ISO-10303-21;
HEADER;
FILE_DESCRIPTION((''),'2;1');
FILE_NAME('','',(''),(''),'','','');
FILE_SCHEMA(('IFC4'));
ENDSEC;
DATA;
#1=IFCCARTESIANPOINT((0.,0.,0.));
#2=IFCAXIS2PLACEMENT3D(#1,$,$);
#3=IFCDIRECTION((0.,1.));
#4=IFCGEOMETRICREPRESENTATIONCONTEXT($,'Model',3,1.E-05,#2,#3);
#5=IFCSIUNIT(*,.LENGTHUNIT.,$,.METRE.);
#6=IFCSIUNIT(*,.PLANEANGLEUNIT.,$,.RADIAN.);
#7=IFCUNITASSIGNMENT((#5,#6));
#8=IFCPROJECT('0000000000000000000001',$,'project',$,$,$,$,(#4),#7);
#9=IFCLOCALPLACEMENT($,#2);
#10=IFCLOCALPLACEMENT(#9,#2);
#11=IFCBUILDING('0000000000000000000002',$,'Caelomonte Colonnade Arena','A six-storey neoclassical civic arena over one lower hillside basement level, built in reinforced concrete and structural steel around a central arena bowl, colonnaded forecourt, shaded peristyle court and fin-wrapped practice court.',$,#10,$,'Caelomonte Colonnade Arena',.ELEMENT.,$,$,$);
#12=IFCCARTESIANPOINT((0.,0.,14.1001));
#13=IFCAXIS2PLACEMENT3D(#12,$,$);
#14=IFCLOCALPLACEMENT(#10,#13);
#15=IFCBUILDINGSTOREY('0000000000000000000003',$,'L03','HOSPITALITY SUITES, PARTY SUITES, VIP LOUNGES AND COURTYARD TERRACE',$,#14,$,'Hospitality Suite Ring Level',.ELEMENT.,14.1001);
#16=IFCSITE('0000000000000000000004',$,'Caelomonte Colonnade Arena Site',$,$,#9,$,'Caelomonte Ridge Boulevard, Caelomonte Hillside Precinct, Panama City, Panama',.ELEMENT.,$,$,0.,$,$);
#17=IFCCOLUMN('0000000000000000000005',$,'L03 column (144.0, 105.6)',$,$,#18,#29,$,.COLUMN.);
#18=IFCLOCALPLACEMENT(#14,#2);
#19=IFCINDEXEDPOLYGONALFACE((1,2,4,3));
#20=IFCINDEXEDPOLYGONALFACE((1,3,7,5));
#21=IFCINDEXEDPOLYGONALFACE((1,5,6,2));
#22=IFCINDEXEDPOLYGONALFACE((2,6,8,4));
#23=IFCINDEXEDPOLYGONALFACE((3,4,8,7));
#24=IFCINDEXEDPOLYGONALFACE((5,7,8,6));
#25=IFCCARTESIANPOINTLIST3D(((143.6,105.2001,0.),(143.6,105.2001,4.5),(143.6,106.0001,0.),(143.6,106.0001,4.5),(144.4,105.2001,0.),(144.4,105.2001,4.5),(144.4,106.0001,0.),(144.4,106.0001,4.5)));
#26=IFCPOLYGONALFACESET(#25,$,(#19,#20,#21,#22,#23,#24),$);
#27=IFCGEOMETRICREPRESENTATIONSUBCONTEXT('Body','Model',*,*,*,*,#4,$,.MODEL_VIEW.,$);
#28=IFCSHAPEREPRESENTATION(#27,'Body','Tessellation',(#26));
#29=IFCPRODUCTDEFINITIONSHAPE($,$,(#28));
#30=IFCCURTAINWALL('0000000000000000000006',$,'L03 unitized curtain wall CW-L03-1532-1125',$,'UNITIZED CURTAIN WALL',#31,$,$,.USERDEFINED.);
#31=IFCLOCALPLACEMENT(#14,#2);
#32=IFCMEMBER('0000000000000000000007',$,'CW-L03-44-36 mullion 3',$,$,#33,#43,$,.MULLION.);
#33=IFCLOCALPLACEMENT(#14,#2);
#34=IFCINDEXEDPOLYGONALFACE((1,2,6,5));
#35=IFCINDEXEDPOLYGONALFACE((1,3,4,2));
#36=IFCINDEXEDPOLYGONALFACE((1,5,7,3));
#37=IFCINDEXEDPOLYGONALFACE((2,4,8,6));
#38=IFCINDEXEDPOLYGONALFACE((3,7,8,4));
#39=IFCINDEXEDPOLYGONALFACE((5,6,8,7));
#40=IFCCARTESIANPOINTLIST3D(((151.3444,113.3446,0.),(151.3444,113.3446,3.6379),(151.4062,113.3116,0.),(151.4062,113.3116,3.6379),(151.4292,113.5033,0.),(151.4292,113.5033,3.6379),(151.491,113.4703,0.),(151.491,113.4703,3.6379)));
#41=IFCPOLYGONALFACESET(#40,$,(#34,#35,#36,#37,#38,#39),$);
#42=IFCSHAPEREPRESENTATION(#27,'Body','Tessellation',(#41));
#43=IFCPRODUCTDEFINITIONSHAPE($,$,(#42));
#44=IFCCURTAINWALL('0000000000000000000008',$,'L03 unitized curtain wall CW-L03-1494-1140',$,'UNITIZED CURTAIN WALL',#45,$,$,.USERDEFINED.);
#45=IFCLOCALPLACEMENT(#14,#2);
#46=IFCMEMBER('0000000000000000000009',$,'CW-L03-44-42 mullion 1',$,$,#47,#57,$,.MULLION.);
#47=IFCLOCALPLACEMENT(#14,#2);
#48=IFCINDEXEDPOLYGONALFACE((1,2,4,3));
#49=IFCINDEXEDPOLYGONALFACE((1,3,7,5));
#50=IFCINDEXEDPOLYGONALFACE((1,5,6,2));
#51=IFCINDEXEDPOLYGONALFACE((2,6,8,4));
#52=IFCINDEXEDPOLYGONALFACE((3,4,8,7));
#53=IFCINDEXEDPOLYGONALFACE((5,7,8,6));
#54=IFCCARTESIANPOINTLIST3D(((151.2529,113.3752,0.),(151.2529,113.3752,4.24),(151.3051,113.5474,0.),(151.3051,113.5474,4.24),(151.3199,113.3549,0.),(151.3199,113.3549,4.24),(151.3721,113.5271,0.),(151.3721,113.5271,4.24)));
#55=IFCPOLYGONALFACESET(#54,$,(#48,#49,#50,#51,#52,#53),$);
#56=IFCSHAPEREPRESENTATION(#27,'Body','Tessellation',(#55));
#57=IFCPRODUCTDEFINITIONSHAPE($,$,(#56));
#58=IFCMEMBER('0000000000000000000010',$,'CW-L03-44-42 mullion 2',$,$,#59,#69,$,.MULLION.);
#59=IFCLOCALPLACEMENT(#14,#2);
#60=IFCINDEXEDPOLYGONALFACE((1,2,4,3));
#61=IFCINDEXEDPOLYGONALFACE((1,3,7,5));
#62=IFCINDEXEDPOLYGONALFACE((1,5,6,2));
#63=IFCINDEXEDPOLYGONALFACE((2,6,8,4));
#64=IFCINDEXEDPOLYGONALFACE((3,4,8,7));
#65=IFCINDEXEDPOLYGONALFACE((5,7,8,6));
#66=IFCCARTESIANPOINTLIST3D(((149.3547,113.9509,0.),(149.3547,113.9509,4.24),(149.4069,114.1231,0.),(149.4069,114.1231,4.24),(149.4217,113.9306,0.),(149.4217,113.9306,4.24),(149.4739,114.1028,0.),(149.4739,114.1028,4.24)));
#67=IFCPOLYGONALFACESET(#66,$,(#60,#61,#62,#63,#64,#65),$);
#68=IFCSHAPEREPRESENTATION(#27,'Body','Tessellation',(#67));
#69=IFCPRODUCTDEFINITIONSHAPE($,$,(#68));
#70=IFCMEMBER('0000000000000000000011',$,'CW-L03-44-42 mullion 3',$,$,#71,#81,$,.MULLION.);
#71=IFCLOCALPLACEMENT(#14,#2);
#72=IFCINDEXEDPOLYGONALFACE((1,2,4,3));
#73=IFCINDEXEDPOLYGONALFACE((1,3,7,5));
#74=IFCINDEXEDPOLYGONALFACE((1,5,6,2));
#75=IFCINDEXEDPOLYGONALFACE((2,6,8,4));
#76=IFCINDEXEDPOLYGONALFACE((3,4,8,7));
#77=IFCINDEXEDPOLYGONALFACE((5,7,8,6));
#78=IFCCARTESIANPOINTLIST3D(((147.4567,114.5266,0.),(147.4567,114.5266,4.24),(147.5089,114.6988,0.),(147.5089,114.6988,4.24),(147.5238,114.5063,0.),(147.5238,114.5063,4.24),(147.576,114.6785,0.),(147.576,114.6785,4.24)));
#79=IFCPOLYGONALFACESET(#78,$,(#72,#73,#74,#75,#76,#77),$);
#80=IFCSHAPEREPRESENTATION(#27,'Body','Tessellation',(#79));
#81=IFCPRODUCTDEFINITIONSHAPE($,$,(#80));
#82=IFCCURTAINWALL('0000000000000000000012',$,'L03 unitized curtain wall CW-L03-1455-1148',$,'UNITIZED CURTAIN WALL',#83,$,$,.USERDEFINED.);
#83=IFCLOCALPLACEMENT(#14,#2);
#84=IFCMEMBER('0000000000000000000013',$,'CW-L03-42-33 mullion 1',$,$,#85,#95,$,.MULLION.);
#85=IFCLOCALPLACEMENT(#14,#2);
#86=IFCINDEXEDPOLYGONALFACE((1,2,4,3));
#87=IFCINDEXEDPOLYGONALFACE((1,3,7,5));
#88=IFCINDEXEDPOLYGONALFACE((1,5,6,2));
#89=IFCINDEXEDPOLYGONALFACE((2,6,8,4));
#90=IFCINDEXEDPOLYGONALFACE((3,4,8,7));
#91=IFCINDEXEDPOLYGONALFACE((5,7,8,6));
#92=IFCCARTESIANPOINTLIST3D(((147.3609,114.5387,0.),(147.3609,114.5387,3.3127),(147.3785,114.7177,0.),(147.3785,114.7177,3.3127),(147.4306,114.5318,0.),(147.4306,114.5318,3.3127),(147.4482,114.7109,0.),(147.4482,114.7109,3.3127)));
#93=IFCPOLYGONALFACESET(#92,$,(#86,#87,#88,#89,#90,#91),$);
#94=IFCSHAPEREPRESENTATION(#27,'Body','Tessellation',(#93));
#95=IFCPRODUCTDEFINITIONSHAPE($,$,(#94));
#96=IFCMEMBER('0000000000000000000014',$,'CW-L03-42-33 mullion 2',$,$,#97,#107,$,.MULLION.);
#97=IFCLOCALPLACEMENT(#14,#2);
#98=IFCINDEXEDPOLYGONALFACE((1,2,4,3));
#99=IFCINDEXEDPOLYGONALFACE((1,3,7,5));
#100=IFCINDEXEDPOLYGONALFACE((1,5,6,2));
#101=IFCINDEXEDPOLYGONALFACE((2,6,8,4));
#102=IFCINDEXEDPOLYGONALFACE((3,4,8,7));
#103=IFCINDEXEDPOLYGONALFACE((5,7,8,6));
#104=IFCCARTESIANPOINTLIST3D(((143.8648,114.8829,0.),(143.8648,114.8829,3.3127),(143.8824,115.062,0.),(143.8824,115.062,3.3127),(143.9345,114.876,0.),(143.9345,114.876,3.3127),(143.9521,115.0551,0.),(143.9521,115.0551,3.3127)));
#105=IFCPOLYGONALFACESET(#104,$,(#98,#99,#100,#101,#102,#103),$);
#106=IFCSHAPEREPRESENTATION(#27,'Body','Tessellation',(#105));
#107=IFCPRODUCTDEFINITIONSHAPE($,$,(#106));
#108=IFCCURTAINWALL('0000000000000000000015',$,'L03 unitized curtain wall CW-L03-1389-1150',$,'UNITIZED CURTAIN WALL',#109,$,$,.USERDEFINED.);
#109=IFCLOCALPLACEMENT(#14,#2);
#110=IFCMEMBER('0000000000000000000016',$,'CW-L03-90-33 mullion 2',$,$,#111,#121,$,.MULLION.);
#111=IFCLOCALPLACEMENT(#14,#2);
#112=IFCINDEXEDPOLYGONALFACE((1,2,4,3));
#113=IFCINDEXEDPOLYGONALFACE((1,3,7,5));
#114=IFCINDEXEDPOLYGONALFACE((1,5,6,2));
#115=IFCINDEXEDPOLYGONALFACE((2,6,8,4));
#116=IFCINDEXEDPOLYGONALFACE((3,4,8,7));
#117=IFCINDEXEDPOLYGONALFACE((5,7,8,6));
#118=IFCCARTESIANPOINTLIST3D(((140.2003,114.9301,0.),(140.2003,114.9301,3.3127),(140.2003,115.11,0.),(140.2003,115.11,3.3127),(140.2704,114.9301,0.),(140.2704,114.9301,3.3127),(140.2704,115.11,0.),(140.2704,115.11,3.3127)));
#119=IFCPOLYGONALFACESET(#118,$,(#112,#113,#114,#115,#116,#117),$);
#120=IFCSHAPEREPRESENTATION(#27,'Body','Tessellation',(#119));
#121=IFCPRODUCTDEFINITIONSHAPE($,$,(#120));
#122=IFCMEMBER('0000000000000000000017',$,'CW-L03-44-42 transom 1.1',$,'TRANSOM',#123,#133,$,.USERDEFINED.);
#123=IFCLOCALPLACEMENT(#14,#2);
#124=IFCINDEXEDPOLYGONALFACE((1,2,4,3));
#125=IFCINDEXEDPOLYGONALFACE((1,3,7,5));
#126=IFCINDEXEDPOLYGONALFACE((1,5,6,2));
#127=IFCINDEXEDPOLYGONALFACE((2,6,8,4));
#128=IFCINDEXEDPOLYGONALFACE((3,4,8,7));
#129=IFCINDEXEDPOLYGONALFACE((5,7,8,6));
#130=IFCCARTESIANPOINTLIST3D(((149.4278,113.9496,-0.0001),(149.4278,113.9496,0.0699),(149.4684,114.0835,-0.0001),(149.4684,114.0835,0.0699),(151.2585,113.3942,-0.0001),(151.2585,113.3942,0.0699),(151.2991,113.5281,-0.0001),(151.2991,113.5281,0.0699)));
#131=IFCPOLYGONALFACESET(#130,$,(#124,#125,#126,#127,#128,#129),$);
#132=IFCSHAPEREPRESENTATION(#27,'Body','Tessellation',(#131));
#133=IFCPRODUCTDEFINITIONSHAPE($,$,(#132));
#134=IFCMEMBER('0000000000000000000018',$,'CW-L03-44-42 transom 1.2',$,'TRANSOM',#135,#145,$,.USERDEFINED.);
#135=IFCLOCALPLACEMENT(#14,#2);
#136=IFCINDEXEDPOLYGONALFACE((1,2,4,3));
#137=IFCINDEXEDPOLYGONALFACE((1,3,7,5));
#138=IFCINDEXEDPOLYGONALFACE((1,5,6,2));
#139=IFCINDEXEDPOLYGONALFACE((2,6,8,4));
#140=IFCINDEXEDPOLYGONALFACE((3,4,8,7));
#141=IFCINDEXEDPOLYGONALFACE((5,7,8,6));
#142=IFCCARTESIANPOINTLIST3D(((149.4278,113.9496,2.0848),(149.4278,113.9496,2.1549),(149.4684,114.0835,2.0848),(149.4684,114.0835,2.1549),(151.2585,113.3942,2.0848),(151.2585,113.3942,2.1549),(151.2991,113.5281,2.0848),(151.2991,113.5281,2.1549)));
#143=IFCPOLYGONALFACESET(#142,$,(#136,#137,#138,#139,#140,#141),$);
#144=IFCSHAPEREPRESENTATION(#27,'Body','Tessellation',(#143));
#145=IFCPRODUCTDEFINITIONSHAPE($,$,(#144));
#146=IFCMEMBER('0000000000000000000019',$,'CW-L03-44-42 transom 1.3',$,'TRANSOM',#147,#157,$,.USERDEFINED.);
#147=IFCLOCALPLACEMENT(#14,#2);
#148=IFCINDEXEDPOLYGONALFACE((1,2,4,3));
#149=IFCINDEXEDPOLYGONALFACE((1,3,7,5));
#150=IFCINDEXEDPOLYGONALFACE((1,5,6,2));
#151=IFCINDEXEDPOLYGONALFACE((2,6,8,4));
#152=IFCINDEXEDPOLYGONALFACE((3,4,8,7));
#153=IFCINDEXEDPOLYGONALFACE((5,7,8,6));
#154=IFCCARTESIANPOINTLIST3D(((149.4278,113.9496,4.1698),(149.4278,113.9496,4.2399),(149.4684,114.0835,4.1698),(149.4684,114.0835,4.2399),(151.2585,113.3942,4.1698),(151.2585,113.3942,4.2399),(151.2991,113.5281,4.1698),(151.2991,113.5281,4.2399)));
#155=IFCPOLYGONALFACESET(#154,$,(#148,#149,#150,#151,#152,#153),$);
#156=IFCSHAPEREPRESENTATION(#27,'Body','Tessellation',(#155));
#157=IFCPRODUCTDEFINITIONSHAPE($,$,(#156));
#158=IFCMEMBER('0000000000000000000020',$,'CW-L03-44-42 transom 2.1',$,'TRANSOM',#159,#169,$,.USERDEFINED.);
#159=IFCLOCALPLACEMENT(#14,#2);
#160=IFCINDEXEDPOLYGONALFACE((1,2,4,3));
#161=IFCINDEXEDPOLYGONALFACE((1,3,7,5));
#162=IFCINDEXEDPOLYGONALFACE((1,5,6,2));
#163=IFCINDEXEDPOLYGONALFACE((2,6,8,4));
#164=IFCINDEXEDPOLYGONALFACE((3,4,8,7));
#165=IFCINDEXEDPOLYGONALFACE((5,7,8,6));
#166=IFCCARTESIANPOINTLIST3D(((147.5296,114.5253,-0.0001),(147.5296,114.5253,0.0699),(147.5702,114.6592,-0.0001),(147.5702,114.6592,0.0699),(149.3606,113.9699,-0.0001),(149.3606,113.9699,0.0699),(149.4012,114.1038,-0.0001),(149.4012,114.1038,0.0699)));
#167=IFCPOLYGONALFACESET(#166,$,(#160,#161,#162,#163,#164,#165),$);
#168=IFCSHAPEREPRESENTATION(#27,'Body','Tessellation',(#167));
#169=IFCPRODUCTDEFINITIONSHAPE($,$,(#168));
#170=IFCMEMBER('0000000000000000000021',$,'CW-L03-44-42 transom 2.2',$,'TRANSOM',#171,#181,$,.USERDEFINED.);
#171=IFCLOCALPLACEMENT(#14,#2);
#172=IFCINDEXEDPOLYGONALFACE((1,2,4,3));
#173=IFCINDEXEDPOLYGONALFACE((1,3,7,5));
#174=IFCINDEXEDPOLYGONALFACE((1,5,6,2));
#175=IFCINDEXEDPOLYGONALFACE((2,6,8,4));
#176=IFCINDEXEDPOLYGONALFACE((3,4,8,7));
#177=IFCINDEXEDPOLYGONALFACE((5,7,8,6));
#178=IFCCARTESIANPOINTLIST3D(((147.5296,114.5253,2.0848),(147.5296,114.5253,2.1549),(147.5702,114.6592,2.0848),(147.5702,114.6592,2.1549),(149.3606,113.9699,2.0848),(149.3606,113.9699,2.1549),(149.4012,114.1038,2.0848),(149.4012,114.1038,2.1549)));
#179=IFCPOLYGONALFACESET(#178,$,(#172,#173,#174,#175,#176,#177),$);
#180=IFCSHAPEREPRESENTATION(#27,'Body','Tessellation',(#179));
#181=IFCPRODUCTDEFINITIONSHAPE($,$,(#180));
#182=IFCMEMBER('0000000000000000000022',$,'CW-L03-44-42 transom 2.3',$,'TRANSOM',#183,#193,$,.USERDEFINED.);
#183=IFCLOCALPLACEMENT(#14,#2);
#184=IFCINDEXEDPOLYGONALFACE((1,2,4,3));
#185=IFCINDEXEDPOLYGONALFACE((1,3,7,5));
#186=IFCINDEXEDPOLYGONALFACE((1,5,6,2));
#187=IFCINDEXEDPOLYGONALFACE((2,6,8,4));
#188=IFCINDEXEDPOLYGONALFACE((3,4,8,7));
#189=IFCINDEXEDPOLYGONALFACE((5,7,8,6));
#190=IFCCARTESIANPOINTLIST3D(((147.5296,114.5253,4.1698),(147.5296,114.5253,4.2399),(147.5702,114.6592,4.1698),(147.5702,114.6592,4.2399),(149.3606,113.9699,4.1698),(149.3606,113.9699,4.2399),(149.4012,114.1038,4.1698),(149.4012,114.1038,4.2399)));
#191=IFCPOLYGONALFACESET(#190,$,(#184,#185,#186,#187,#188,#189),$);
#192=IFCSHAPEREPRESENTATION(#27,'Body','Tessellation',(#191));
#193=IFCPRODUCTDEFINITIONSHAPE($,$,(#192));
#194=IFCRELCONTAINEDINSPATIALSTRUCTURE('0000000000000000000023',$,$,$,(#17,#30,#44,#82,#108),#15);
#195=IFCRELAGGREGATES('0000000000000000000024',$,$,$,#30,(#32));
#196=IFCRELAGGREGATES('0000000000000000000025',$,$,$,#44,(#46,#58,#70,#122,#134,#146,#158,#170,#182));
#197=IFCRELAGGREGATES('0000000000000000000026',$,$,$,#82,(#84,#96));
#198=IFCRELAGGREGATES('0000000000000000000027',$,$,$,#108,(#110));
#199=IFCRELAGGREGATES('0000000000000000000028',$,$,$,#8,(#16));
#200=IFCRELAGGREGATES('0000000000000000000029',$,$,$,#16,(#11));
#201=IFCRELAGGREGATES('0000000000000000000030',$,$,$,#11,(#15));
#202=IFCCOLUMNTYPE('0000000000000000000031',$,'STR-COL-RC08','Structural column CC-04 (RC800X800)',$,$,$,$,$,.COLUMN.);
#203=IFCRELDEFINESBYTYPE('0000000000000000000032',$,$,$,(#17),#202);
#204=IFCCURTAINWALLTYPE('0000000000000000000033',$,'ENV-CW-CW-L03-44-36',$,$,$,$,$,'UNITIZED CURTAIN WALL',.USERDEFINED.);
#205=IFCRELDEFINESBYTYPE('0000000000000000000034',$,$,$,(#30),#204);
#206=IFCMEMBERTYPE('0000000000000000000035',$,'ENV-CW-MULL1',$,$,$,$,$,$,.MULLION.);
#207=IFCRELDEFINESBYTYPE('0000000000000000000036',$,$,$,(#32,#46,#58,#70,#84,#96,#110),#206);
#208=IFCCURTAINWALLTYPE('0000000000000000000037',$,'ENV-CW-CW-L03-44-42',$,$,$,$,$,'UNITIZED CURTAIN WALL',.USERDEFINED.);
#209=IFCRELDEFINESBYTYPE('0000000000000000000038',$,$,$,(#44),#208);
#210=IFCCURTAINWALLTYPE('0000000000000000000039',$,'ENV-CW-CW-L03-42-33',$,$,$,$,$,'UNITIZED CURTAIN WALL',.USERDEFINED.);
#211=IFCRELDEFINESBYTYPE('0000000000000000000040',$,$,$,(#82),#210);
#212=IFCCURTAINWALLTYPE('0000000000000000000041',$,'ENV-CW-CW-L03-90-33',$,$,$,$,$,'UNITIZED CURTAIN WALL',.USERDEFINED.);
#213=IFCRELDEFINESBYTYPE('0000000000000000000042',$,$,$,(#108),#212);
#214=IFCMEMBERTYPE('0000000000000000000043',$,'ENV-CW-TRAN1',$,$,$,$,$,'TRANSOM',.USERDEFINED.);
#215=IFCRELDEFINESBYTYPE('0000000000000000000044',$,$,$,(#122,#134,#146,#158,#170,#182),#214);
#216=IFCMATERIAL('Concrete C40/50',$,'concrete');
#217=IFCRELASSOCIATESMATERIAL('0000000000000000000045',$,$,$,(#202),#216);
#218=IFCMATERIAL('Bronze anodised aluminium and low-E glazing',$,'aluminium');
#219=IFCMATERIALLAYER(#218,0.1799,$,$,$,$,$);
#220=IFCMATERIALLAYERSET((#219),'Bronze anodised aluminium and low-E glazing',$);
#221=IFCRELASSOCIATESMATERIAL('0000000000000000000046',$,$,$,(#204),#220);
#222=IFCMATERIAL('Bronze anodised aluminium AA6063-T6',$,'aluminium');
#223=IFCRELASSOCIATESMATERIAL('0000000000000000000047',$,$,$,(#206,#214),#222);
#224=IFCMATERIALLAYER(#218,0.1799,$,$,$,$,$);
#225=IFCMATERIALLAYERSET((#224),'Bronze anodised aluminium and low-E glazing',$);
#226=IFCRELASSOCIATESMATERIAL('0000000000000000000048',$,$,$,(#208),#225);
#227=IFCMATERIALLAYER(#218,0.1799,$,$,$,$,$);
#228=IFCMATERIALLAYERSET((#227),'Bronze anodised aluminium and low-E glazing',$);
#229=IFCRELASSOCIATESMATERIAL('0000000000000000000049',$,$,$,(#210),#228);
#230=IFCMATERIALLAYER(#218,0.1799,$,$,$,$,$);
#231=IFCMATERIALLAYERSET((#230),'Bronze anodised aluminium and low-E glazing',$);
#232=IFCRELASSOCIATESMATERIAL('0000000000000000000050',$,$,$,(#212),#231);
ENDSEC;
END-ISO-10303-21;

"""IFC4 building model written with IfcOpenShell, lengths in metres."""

from ifc_helpers import new_model, si_unit, direction, frame, origin, origin_2d, place, context, subcontext, project, spatial, rectangle, extrude, material, layer, layer_set, material_profile, profile_set, type_object, element, aggregate, save


model = new_model("IFC4")

# Units and contexts
model_context = context("Model", 3, precision=1e-05, world=origin(), true_north=direction((0.0, 1.0)))
body_context = subcontext(model_context, "Body", "Model", "MODEL_VIEW")
ifc_project = project(units=[si_unit("LENGTHUNIT", "METRE"), si_unit("PLANEANGLEUNIT", "RADIAN")], contexts=[model_context])

# Site, building, storey
site_placement = place(None, origin())
site = spatial("IfcSite", under=ifc_project, at=site_placement, Name="Caelomonte Colonnade Arena Site", LongName="Caelomonte Ridge Boulevard, Caelomonte Hillside Precinct, Panama City, Panama", CompositionType="ELEMENT", RefElevation=0.0)
building_placement = place(site_placement, origin())
building = spatial("IfcBuilding", under=site, at=building_placement, Name="Caelomonte Colonnade Arena", Description="A six-storey neoclassical civic arena over one lower hillside basement level, built in reinforced concrete and structural steel around a central arena bowl, colonnaded forecourt, shaded peristyle court and fin-wrapped practice court.", LongName="Caelomonte Colonnade Arena", CompositionType="ELEMENT")
storey_placement = place(building_placement, frame((0.0, 0.0, 14.1001)))
storey = spatial("IfcBuildingStorey", under=building, at=storey_placement, Name="L03", Description="HOSPITALITY SUITES, PARTY SUITES, VIP LOUNGES AND COURTYARD TERRACE", LongName="Hospitality Suite Ring Level", CompositionType="ELEMENT", Elevation=14.1001)

# Column
ifc_material_1 = material(Name="Concrete C40/50", Category="concrete")
ifc_material_profile_1 = material_profile(ifc_material_1, rectangle(XDim=0.8, YDim=0.8, at=origin_2d()), Name="RC800X800")
ifc_profile_set_1 = profile_set([ifc_material_profile_1], Name="Concrete C40/50")
column_type = type_object("IfcColumnType", Name="STR-COL-RC08", Description="Structural column CC-04 (RC800X800)", PredefinedType="COLUMN", material=ifc_profile_set_1)
column_placement = place(storey_placement, frame((144.0, 105.6001, 0.0), z_axis=(0.0, 0.0, 1.0), x_axis=(1.0, 0.0, 0.0)))
element("IfcColumn", 1, at=column_placement, inside=storey, type_object=column_type, Name="L03 column (144.0, 105.6)", PredefinedType="COLUMN", context=body_context, shape_type="SweptSolid", body=[
    extrude(rectangle(XDim=0.8, YDim=0.8, at=origin_2d()), origin(), (0.0, 0.0, 1.0), 4.5),
])

# Curtain wall, member
ifc_material_2 = material(Name="Bronze anodised aluminium and low-E glazing", Category="aluminium")
ifc_layer_1 = layer(ifc_material_2, 0.1799)
ifc_layer_set_1 = layer_set([ifc_layer_1], Name="Bronze anodised aluminium and low-E glazing")
curtain_wall_type_1 = type_object("IfcCurtainWallType", Name="ENV-CW-CW-L03-44-36", ElementType="UNITIZED CURTAIN WALL", PredefinedType="USERDEFINED", material=ifc_layer_set_1)
curtain_wall_1_placement = place(storey_placement, origin())
curtain_wall_1 = element("IfcCurtainWall", 2, at=curtain_wall_1_placement, inside=storey, type_object=curtain_wall_type_1, Name="L03 unitized curtain wall CW-L03-1532-1125", ObjectType="UNITIZED CURTAIN WALL", PredefinedType="USERDEFINED")
ifc_material_3 = material(Name="Bronze anodised aluminium AA6063-T6", Category="aluminium")
ifc_material_profile_2 = material_profile(ifc_material_3, rectangle(XDim=0.0701, YDim=0.1799, at=origin_2d()), Name="CWM-70X180")
ifc_profile_set_2 = profile_set([ifc_material_profile_2], Name="Bronze anodised aluminium AA6063-T6")
member_type_1 = type_object("IfcMemberType", Name="ENV-CW-MULL1", PredefinedType="MULLION", material=ifc_profile_set_2)
member_1_placement = place(storey_placement, frame((151.4177, 113.4075, 0.0), z_axis=(0.0, 0.0, 1.0), x_axis=(-0.881923, 0.471394, 0.0)))
member_1 = element("IfcMember", 3, at=member_1_placement, type_object=member_type_1, Name="CW-L03-44-36 mullion 3", PredefinedType="MULLION", context=body_context, shape_type="SweptSolid", body=[
    extrude(rectangle(XDim=0.0701, YDim=0.1799, at=origin_2d()), origin(), (0.0, 0.0, 1.0), 3.6379),
])

# Curtain walls, members
ifc_layer_2 = layer(ifc_material_2, 0.1799)
ifc_layer_set_2 = layer_set([ifc_layer_2], Name="Bronze anodised aluminium and low-E glazing")
curtain_wall_type_2 = type_object("IfcCurtainWallType", Name="ENV-CW-CW-L03-44-42", ElementType="UNITIZED CURTAIN WALL", PredefinedType="USERDEFINED", material=ifc_layer_set_2)
curtain_wall_2_placement = place(storey_placement, origin())
curtain_wall_2 = element("IfcCurtainWall", 4, at=curtain_wall_2_placement, inside=storey, type_object=curtain_wall_type_2, Name="L03 unitized curtain wall CW-L03-1494-1140", ObjectType="UNITIZED CURTAIN WALL", PredefinedType="USERDEFINED")
member_2_placement = place(storey_placement, frame((151.3125, 113.4512, 0.0), z_axis=(0.0, 0.0, 1.0), x_axis=(-0.956949, 0.290256, 0.0)))
member_2 = element("IfcMember", 5, at=member_2_placement, type_object=member_type_1, Name="CW-L03-44-42 mullion 1", PredefinedType="MULLION", context=body_context, shape_type="SweptSolid", body=[
    extrude(rectangle(XDim=0.0701, YDim=0.1799, at=origin_2d()), origin(), (0.0, 0.0, 1.0), 4.24),
])
member_3_placement = place(storey_placement, frame((149.4143, 114.0269, 0.0), z_axis=(0.0, 0.0, 1.0), x_axis=(-0.956949, 0.290256, 0.0)))
member_3 = element("IfcMember", 6, at=member_3_placement, type_object=member_type_1, Name="CW-L03-44-42 mullion 2", PredefinedType="MULLION", context=body_context, shape_type="SweptSolid", body=[
    extrude(rectangle(XDim=0.0701, YDim=0.1799, at=origin_2d()), origin(), (0.0, 0.0, 1.0), 4.24),
])
member_4_placement = place(storey_placement, frame((147.5164, 114.6025, 0.0), z_axis=(0.0, 0.0, 1.0), x_axis=(-0.956949, 0.290256, 0.0)))
member_4 = element("IfcMember", 7, at=member_4_placement, type_object=member_type_1, Name="CW-L03-44-42 mullion 3", PredefinedType="MULLION", context=body_context, shape_type="SweptSolid", body=[
    extrude(rectangle(XDim=0.0701, YDim=0.1799, at=origin_2d()), origin(), (0.0, 0.0, 1.0), 4.24),
])
ifc_layer_3 = layer(ifc_material_2, 0.1799)
ifc_layer_set_3 = layer_set([ifc_layer_3], Name="Bronze anodised aluminium and low-E glazing")
curtain_wall_type_3 = type_object("IfcCurtainWallType", Name="ENV-CW-CW-L03-42-33", ElementType="UNITIZED CURTAIN WALL", PredefinedType="USERDEFINED", material=ifc_layer_set_3)
curtain_wall_3_placement = place(storey_placement, origin())
curtain_wall_3 = element("IfcCurtainWall", 8, at=curtain_wall_3_placement, inside=storey, type_object=curtain_wall_type_3, Name="L03 unitized curtain wall CW-L03-1455-1148", ObjectType="UNITIZED CURTAIN WALL", PredefinedType="USERDEFINED")
member_5_placement = place(storey_placement, frame((147.4045, 114.6248, 0.0), z_axis=(0.0, 0.0, 1.0), x_axis=(-0.995184, 0.09802, 0.0)))
member_5 = element("IfcMember", 9, at=member_5_placement, type_object=member_type_1, Name="CW-L03-42-33 mullion 1", PredefinedType="MULLION", context=body_context, shape_type="SweptSolid", body=[
    extrude(rectangle(XDim=0.0701, YDim=0.1799, at=origin_2d()), origin(), (0.0, 0.0, 1.0), 3.3127),
])
member_6_placement = place(storey_placement, frame((143.9084, 114.969, 0.0), z_axis=(0.0, 0.0, 1.0), x_axis=(-0.995184, 0.09802, 0.0)))
member_6 = element("IfcMember", 10, at=member_6_placement, type_object=member_type_1, Name="CW-L03-42-33 mullion 2", PredefinedType="MULLION", context=body_context, shape_type="SweptSolid", body=[
    extrude(rectangle(XDim=0.0701, YDim=0.1799, at=origin_2d()), origin(), (0.0, 0.0, 1.0), 3.3127),
])

# Curtain wall, member
ifc_layer_4 = layer(ifc_material_2, 0.1799)
ifc_layer_set_4 = layer_set([ifc_layer_4], Name="Bronze anodised aluminium and low-E glazing")
curtain_wall_type_4 = type_object("IfcCurtainWallType", Name="ENV-CW-CW-L03-90-33", ElementType="UNITIZED CURTAIN WALL", PredefinedType="USERDEFINED", material=ifc_layer_set_4)
curtain_wall_4_placement = place(storey_placement, origin())
curtain_wall_4 = element("IfcCurtainWall", 11, at=curtain_wall_4_placement, inside=storey, type_object=curtain_wall_type_4, Name="L03 unitized curtain wall CW-L03-1389-1150", ObjectType="UNITIZED CURTAIN WALL", PredefinedType="USERDEFINED")
member_7_placement = place(storey_placement, frame((140.2354, 115.02, 0.0), z_axis=(0.0, 0.0, 1.0), x_axis=(-1.0, 0.0, 0.0)))
member_7 = element("IfcMember", 12, at=member_7_placement, type_object=member_type_1, Name="CW-L03-90-33 mullion 2", PredefinedType="MULLION", context=body_context, shape_type="SweptSolid", body=[
    extrude(rectangle(XDim=0.0701, YDim=0.1799, at=origin_2d()), origin(), (0.0, 0.0, 1.0), 3.3127),
])

# Members
ifc_material_profile_3 = material_profile(ifc_material_3, rectangle(XDim=0.0701, YDim=0.1399, at=origin_2d()), Name="CWT-70X140")
ifc_profile_set_3 = profile_set([ifc_material_profile_3], Name="Bronze anodised aluminium AA6063-T6")
member_type_2 = type_object("IfcMemberType", Name="ENV-CW-TRAN1", ElementType="TRANSOM", PredefinedType="USERDEFINED", material=ifc_profile_set_3)
member_8_placement = place(storey_placement, frame((151.2788, 113.4612, 0.0349), z_axis=(-0.956933, 0.290308, 0.0), x_axis=(0.0, 0.0, 1.0)))
member_8 = element("IfcMember", 13, at=member_8_placement, type_object=member_type_2, Name="CW-L03-44-42 transom 1.1", ObjectType="TRANSOM", PredefinedType="USERDEFINED", context=body_context, shape_type="SweptSolid", body=[
    extrude(rectangle(XDim=0.0701, YDim=0.1399, at=origin_2d()), origin(), (0.0, 0.0, 1.0), 1.9131),
])
member_9_placement = place(storey_placement, frame((151.2788, 113.4612, 2.1199), z_axis=(-0.956933, 0.290308, 0.0), x_axis=(0.0, 0.0, 1.0)))
member_9 = element("IfcMember", 14, at=member_9_placement, type_object=member_type_2, Name="CW-L03-44-42 transom 1.2", ObjectType="TRANSOM", PredefinedType="USERDEFINED", context=body_context, shape_type="SweptSolid", body=[
    extrude(rectangle(XDim=0.0701, YDim=0.1399, at=origin_2d()), origin(), (0.0, 0.0, 1.0), 1.9131),
])
member_10_placement = place(storey_placement, frame((151.2788, 113.4612, 4.2048), z_axis=(-0.956933, 0.290308, 0.0), x_axis=(0.0, 0.0, 1.0)))
member_10 = element("IfcMember", 15, at=member_10_placement, type_object=member_type_2, Name="CW-L03-44-42 transom 1.3", ObjectType="TRANSOM", PredefinedType="USERDEFINED", context=body_context, shape_type="SweptSolid", body=[
    extrude(rectangle(XDim=0.0701, YDim=0.1399, at=origin_2d()), origin(), (0.0, 0.0, 1.0), 1.9131),
])
member_11_placement = place(storey_placement, frame((149.3809, 114.0369, 0.0349), z_axis=(-0.956944, 0.290273, 0.0), x_axis=(0.0, 0.0, 1.0)))
member_11 = element("IfcMember", 16, at=member_11_placement, type_object=member_type_2, Name="CW-L03-44-42 transom 2.1", ObjectType="TRANSOM", PredefinedType="USERDEFINED", context=body_context, shape_type="SweptSolid", body=[
    extrude(rectangle(XDim=0.0701, YDim=0.1399, at=origin_2d()), origin(), (0.0, 0.0, 1.0), 1.9133),
])
member_12_placement = place(storey_placement, frame((149.3809, 114.0369, 2.1199), z_axis=(-0.956944, 0.290273, 0.0), x_axis=(0.0, 0.0, 1.0)))
member_12 = element("IfcMember", 17, at=member_12_placement, type_object=member_type_2, Name="CW-L03-44-42 transom 2.2", ObjectType="TRANSOM", PredefinedType="USERDEFINED", context=body_context, shape_type="SweptSolid", body=[
    extrude(rectangle(XDim=0.0701, YDim=0.1399, at=origin_2d()), origin(), (0.0, 0.0, 1.0), 1.9133),
])
member_13_placement = place(storey_placement, frame((149.3809, 114.0369, 4.2048), z_axis=(-0.956944, 0.290273, 0.0), x_axis=(0.0, 0.0, 1.0)))
member_13 = element("IfcMember", 18, at=member_13_placement, type_object=member_type_2, Name="CW-L03-44-42 transom 2.3", ObjectType="TRANSOM", PredefinedType="USERDEFINED", context=body_context, shape_type="SweptSolid", body=[
    extrude(rectangle(XDim=0.0701, YDim=0.1399, at=origin_2d()), origin(), (0.0, 0.0, 1.0), 1.9133),
])

aggregate(curtain_wall_1, [member_1])
aggregate(curtain_wall_2, [member_2, member_3, member_4, member_8, member_9, member_10, member_11, member_12, member_13])
aggregate(curtain_wall_3, [member_5, member_6])
aggregate(curtain_wall_4, [member_7])

save(model, "model.ifc")
